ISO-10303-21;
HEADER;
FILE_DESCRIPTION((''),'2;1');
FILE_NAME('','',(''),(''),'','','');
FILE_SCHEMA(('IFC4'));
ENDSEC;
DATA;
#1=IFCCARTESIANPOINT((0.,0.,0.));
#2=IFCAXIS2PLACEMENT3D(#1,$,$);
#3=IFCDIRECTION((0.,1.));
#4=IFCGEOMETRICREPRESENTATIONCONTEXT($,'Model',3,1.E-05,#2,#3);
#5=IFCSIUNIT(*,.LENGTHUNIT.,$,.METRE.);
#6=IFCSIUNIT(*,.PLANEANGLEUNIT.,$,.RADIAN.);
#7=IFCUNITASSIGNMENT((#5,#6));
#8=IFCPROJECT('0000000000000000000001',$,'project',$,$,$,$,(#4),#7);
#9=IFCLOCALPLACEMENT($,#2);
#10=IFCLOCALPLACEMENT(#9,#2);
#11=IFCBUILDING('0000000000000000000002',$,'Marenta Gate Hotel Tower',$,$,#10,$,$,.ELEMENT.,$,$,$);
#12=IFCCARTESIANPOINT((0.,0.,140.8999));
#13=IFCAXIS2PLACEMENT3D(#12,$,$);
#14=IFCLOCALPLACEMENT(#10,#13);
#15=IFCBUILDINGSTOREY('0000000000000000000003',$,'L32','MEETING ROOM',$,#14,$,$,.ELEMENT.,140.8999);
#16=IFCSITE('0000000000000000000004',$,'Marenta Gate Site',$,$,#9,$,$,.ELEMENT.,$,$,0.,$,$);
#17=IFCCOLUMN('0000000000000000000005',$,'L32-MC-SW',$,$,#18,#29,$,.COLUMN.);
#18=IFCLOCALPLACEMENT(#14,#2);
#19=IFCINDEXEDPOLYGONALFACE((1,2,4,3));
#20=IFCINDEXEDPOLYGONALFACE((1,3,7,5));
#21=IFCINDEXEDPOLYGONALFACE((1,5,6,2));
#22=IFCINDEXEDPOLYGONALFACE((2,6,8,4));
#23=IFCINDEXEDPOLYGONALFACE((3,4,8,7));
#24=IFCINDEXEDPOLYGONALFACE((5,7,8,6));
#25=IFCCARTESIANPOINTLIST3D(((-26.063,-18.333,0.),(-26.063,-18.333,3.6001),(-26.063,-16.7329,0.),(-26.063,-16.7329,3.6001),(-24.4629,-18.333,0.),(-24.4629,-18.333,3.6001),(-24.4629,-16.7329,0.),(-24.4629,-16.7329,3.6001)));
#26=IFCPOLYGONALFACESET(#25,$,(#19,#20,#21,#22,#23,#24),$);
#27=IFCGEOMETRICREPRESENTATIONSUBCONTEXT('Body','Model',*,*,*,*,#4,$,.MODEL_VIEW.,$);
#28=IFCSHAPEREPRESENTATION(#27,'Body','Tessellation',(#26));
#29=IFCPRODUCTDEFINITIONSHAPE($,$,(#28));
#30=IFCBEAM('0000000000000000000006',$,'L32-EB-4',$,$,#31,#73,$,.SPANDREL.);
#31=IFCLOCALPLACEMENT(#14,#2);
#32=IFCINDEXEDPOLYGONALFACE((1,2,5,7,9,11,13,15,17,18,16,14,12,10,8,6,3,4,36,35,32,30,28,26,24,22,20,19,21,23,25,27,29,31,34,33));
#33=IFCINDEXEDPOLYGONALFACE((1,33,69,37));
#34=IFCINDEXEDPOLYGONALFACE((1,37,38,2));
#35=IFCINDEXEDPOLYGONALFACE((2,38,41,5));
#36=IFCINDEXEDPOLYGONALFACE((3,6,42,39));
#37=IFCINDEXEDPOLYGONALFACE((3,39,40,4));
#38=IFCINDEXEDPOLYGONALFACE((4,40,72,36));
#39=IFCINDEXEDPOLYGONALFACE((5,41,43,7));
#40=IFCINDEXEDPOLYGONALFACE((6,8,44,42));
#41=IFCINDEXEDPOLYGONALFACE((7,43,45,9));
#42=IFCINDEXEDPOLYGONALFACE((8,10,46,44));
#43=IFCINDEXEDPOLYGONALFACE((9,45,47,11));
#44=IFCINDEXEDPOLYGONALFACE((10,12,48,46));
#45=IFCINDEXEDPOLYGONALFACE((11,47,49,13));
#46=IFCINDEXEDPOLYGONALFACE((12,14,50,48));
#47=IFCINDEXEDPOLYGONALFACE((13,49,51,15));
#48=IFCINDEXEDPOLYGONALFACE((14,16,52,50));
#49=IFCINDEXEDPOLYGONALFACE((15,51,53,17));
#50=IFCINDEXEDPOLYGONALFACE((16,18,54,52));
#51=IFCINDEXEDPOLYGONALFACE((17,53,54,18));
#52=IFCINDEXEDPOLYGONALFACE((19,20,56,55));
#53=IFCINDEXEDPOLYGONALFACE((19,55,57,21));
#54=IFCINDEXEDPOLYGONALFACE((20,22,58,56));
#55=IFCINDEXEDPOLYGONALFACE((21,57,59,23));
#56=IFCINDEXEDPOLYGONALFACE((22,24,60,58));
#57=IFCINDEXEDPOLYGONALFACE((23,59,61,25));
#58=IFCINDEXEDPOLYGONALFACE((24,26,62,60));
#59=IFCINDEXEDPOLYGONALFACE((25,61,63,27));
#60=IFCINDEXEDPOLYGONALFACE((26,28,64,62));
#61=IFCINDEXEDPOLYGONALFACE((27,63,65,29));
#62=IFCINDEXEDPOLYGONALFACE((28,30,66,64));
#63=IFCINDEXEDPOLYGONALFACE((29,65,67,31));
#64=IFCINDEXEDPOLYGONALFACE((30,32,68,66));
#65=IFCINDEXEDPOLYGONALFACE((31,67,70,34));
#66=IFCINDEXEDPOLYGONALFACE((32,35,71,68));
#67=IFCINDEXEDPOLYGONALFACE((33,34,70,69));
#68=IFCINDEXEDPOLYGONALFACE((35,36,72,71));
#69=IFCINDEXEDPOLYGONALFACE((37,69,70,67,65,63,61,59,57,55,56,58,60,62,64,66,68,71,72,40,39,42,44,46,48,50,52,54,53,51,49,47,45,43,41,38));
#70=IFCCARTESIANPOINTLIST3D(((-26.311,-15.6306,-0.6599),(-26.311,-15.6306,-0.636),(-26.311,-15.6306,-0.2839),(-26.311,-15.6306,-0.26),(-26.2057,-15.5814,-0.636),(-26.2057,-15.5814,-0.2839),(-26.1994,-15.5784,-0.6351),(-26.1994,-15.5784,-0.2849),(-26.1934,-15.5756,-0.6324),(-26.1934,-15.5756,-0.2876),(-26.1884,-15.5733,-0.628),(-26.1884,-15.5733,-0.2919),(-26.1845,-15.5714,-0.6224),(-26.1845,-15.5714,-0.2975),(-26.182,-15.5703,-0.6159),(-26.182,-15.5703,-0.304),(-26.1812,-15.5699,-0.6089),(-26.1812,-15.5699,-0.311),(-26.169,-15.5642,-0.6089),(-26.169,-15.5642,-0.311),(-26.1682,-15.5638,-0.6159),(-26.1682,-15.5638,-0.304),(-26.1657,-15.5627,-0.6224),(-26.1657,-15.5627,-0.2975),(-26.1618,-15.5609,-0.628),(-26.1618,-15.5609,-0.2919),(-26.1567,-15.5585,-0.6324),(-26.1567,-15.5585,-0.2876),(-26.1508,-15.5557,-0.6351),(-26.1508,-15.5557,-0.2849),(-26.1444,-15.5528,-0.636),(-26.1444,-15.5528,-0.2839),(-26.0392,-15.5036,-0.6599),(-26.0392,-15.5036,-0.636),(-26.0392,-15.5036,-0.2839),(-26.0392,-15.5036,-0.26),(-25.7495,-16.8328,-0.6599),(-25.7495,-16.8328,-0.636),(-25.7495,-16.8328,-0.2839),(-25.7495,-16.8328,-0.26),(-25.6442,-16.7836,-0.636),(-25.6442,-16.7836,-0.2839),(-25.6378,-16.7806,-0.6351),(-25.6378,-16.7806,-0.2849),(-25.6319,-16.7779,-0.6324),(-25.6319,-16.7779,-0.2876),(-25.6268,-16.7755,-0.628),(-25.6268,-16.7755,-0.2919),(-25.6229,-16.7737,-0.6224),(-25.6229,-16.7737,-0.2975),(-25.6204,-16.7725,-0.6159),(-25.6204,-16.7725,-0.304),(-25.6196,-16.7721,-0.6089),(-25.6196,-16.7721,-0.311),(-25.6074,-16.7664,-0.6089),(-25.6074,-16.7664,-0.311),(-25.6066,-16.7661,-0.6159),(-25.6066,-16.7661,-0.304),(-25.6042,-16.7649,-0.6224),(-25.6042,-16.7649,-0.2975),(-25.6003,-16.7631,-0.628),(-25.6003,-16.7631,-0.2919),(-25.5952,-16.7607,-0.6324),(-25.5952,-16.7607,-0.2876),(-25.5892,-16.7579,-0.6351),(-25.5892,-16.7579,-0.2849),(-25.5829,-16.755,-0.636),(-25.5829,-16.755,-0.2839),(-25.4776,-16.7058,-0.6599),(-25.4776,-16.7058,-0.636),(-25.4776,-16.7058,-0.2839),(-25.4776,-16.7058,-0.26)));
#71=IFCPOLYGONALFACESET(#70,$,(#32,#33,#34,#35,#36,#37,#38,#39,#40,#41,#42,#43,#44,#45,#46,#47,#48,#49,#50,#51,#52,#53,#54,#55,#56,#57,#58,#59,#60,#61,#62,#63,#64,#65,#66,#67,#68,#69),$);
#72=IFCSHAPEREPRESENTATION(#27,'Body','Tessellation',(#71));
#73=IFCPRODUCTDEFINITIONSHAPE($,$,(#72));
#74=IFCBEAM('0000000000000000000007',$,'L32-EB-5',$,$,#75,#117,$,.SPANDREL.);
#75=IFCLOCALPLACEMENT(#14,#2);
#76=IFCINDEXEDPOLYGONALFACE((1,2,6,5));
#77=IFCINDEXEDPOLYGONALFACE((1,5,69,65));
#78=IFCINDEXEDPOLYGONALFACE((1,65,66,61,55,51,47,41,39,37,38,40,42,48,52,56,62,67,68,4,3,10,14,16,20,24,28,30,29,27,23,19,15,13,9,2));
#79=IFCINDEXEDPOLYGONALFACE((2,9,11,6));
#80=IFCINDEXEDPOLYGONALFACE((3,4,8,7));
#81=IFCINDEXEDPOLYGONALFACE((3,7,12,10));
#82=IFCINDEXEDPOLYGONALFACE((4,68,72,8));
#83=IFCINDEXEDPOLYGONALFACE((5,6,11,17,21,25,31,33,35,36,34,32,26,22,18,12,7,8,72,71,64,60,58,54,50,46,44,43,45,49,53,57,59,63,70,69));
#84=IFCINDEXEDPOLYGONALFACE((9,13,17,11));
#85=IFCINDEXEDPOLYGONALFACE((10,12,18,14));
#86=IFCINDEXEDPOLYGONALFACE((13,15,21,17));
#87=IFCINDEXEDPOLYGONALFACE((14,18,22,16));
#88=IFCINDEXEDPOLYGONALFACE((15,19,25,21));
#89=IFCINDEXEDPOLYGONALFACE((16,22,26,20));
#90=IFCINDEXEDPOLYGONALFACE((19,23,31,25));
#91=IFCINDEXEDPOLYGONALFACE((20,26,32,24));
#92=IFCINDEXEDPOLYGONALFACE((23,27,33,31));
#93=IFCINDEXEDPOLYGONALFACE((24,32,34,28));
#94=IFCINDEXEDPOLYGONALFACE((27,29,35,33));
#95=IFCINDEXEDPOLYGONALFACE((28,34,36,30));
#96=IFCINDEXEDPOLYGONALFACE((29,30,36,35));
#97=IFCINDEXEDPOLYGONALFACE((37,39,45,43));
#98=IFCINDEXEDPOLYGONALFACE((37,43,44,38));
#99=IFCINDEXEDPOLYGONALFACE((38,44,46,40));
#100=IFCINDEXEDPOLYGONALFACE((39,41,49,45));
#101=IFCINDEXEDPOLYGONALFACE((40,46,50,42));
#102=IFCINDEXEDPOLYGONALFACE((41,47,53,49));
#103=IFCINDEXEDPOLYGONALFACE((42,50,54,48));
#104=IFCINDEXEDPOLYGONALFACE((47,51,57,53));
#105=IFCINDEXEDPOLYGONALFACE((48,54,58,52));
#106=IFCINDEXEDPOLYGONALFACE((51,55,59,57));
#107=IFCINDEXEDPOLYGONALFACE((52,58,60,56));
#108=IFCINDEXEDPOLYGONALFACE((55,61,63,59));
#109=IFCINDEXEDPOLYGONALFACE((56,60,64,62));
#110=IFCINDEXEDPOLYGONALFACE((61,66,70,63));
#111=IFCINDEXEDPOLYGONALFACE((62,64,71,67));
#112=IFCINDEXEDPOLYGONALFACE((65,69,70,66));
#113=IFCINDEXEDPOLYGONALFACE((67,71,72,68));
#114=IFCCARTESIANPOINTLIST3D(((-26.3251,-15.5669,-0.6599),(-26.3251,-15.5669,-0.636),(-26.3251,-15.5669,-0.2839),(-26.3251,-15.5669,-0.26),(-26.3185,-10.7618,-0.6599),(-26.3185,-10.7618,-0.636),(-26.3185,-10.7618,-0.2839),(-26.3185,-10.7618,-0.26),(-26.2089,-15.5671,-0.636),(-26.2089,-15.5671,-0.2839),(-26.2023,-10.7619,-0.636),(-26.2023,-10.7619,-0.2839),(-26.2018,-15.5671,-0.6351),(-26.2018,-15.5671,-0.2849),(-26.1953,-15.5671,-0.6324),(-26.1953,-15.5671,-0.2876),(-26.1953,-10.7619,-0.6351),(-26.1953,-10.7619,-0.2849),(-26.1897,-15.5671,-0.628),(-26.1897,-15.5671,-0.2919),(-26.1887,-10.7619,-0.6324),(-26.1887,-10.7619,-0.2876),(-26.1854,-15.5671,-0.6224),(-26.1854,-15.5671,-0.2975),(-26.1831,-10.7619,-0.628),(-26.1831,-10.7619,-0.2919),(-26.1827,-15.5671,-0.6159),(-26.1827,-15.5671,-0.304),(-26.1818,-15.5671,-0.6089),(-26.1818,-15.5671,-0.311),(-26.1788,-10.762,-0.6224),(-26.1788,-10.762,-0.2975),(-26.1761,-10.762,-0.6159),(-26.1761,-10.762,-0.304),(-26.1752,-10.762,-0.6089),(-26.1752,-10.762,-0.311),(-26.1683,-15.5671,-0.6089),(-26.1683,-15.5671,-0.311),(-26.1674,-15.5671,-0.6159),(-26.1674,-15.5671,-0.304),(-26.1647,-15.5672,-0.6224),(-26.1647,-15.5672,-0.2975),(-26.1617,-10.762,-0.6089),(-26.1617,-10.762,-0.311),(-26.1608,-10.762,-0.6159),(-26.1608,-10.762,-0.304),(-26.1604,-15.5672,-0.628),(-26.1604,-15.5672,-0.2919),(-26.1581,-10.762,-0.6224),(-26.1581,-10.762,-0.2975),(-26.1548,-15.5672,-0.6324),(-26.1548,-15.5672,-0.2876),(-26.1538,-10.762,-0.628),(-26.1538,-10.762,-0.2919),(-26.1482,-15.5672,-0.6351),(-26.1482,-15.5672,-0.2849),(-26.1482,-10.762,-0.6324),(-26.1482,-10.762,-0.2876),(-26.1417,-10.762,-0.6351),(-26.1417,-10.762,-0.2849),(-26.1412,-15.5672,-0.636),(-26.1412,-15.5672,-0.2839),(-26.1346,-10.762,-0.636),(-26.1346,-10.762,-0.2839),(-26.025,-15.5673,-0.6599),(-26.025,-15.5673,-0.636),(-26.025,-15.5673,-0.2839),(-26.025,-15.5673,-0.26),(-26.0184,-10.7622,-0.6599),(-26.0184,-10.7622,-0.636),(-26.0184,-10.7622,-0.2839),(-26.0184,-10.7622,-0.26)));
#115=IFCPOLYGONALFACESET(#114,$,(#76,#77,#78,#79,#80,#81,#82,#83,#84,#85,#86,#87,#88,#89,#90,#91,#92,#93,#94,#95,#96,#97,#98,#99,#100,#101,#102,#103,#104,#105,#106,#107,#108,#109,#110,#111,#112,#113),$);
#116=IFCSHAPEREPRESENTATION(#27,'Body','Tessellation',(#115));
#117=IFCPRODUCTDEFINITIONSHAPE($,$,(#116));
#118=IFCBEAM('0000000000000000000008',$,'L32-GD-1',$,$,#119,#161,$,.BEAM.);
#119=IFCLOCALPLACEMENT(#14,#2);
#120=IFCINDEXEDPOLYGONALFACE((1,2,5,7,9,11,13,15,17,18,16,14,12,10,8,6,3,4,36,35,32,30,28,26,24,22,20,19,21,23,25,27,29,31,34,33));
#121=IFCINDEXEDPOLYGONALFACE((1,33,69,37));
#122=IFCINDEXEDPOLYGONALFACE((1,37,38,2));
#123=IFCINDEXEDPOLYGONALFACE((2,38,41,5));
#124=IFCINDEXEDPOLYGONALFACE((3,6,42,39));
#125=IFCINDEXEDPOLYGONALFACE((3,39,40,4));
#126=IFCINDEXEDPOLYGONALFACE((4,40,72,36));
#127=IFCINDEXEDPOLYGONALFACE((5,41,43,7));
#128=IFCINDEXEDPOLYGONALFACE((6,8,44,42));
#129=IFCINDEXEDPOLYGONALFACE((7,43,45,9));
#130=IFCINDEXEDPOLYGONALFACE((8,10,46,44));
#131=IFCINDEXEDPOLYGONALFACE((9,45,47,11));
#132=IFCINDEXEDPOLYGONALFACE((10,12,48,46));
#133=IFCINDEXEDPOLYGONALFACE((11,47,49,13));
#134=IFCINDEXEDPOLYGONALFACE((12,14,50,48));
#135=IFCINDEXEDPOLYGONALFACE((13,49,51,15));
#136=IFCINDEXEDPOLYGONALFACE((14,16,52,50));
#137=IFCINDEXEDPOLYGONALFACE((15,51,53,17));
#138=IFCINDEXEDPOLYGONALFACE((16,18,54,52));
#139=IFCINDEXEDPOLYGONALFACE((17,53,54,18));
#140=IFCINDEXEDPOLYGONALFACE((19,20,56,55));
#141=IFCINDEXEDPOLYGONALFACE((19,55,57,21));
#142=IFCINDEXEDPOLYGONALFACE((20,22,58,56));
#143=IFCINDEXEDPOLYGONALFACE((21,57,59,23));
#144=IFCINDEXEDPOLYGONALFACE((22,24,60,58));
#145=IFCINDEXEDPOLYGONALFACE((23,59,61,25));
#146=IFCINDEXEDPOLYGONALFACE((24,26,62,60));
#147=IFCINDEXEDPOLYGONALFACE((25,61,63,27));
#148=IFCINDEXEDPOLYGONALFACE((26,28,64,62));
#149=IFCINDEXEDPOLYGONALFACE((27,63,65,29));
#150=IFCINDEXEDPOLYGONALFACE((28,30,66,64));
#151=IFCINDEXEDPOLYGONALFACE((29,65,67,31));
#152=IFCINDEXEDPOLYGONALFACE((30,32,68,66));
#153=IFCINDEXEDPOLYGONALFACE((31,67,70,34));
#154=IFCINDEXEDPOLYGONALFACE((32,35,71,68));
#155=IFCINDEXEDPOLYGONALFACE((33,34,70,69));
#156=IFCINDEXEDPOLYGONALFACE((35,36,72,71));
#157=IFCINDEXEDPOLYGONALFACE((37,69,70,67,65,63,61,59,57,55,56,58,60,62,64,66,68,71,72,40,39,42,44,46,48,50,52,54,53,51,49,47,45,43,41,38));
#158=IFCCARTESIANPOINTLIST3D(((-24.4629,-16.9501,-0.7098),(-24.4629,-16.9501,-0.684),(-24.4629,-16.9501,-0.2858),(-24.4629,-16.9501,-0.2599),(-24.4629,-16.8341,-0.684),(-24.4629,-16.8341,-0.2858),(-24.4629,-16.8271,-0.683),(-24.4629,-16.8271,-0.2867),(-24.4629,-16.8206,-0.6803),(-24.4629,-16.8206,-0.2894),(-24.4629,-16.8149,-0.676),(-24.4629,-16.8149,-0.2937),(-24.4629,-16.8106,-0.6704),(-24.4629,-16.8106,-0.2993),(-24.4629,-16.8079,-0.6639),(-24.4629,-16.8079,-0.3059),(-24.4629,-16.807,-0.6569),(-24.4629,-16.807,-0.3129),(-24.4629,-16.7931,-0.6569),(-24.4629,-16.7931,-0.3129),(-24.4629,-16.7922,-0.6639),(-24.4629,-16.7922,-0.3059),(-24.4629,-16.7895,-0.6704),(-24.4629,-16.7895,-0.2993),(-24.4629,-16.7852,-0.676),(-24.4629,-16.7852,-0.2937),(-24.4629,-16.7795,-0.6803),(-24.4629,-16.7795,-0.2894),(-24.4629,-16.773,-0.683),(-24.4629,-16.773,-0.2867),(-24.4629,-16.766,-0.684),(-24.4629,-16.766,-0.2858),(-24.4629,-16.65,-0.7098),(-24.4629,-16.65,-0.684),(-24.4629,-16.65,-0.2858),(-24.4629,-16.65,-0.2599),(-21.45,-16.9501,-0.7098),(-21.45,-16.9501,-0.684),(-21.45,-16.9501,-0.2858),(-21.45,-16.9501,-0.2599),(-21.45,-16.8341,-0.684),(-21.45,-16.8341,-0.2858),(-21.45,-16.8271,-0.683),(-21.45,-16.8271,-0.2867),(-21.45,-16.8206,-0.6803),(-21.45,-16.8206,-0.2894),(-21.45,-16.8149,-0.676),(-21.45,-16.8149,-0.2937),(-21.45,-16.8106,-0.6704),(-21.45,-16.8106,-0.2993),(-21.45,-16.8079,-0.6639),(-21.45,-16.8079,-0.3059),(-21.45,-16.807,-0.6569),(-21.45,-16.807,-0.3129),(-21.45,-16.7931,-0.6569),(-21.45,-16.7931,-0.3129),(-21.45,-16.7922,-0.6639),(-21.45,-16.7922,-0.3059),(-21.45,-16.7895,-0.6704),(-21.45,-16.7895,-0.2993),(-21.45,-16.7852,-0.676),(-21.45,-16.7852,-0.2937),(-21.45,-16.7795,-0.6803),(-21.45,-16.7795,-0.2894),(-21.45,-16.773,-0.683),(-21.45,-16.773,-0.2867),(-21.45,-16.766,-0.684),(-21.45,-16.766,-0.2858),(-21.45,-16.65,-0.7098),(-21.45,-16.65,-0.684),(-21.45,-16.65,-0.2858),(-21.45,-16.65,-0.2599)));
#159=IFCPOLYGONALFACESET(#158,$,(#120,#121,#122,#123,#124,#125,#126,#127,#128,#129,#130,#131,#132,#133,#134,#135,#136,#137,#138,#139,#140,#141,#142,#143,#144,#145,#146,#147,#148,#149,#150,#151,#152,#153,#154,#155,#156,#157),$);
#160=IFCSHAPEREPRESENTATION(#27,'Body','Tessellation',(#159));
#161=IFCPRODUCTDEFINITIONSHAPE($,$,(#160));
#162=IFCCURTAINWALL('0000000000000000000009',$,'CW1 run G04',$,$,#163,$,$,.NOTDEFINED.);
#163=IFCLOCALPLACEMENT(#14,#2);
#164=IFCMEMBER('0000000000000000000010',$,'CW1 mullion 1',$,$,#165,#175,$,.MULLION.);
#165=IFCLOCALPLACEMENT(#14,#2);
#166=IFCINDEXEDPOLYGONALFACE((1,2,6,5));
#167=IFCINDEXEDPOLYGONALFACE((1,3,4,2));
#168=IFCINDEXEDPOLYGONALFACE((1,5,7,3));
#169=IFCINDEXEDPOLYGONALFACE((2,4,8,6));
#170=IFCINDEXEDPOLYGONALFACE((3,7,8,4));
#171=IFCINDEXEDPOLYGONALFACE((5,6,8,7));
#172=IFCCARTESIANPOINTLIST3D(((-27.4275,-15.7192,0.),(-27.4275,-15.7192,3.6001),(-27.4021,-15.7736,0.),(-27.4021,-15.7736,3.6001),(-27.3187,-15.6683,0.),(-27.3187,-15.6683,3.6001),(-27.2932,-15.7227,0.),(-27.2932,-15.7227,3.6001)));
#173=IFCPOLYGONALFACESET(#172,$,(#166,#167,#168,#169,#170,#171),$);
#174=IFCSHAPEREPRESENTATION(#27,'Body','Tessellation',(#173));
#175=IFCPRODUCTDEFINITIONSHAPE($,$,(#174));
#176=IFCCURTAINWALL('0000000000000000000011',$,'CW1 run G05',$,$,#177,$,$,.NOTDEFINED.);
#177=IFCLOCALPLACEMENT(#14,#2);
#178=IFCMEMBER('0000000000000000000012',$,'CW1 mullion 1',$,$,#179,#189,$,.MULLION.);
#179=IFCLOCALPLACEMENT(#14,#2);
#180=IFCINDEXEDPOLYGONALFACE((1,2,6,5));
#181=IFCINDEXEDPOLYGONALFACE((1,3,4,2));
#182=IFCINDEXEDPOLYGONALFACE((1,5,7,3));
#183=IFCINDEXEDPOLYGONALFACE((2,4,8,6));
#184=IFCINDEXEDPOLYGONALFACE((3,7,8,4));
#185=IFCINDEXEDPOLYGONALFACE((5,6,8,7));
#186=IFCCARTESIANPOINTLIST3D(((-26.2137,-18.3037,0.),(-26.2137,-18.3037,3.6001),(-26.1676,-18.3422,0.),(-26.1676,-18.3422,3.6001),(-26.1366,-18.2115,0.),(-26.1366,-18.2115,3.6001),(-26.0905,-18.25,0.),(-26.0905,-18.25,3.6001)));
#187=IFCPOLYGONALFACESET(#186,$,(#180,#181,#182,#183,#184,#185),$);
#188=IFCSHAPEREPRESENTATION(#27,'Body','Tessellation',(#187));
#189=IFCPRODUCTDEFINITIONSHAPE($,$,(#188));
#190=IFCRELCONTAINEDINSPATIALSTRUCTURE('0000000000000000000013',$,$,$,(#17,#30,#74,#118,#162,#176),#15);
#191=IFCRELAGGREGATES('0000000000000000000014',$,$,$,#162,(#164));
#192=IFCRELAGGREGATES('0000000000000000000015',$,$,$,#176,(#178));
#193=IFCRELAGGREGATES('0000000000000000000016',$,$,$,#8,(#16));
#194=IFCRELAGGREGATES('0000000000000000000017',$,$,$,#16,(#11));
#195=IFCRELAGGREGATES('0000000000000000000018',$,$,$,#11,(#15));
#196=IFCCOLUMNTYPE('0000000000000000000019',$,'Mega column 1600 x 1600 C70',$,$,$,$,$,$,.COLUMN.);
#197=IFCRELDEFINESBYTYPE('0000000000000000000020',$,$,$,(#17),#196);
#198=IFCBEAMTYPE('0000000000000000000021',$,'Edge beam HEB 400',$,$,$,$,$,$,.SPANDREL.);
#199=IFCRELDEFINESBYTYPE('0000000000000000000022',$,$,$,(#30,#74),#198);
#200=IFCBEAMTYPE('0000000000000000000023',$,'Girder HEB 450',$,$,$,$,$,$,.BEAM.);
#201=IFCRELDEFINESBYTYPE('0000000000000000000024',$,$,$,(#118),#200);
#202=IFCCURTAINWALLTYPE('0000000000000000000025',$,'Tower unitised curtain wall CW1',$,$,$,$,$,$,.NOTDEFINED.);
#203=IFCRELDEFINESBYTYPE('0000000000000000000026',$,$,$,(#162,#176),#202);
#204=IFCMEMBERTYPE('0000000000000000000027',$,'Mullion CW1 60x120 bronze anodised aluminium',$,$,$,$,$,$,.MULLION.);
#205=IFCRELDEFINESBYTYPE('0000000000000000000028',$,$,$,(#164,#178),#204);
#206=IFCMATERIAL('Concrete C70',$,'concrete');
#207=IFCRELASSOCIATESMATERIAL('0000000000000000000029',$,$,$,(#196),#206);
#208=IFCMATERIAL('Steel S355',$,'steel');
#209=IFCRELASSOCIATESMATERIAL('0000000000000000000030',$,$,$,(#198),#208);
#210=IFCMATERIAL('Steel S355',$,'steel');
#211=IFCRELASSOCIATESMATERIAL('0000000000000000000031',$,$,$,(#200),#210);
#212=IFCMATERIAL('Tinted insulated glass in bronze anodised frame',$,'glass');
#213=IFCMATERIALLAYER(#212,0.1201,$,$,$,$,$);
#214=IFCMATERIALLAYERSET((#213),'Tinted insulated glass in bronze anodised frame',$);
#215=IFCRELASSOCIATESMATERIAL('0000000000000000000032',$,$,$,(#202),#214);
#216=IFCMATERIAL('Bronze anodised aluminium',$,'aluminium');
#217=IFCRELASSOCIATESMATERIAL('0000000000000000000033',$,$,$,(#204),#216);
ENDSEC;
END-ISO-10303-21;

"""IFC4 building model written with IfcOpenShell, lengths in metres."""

from ifc_helpers import new_model, si_unit, direction, frame, origin, origin_2d, place, context, subcontext, project, spatial, rectangle, i_section, extrude, material, layer, layer_set, material_profile, profile_set, type_object, element, aggregate, save


model = new_model("IFC4")

# Units and contexts
model_context = context("Model", 3, precision=1e-05, world=origin(), true_north=direction((0.0, 1.0)))
body_context = subcontext(model_context, "Body", "Model", "MODEL_VIEW")
ifc_project = project(units=[si_unit("LENGTHUNIT", "METRE"), si_unit("PLANEANGLEUNIT", "RADIAN")], contexts=[model_context])

# Site, building, storey
site_placement = place(None, origin())
site = spatial("IfcSite", under=ifc_project, at=site_placement, Name="Marenta Gate Site", CompositionType="ELEMENT", RefElevation=0.0)
building_placement = place(site_placement, origin())
building = spatial("IfcBuilding", under=site, at=building_placement, Name="Marenta Gate Hotel Tower", CompositionType="ELEMENT")
storey_placement = place(building_placement, frame((0.0, 0.0, 140.8999)))
storey = spatial("IfcBuildingStorey", under=building, at=storey_placement, Name="L32", Description="MEETING ROOM", CompositionType="ELEMENT", Elevation=140.8999)

# Column
ifc_material_1 = material(Name="Concrete C70", Category="concrete")
ifc_material_profile_1 = material_profile(ifc_material_1, rectangle(XDim=1.6001, YDim=1.6001, at=origin_2d()), Name="1600 x 1600")
ifc_profile_set_1 = profile_set([ifc_material_profile_1], Name="Concrete C70")
column_type = type_object("IfcColumnType", Name="Mega column 1600 x 1600 C70", PredefinedType="COLUMN", material=ifc_profile_set_1)
column_placement = place(storey_placement, frame((-25.2629, -17.533, 0.0), z_axis=(0.0, 0.0, 1.0), x_axis=(1.0, 0.0, 0.0)))
element("IfcColumn", 1, at=column_placement, inside=storey, type_object=column_type, Name="L32-MC-SW", PredefinedType="COLUMN", context=body_context, shape_type="SweptSolid", body=[
    extrude(rectangle(XDim=1.6001, YDim=1.6001, at=origin_2d()), origin(), (0.0, 0.0, 1.0), 3.6001),
])

# Beams
ifc_material_2 = material(Name="Steel S355", Category="steel")
ifc_material_profile_2 = material_profile(ifc_material_2, i_section(OverallWidth=0.3, OverallDepth=0.3999, WebThickness=0.0134, FlangeThickness=0.0239, FilletRadius=0.0271, at=origin_2d()), Name="HEB 400")
ifc_profile_set_2 = profile_set([ifc_material_profile_2], Name="Steel S355")
beam_type_1 = type_object("IfcBeamType", Name="Edge beam HEB 400", PredefinedType="SPANDREL", material=ifc_profile_set_2)
beam_1_placement = place(storey_placement, frame((-25.6135, -16.7693, -0.46), z_axis=(-0.423208, 0.906033, 0.0), x_axis=(-0.906033, -0.423208, 0.0)))
element("IfcBeam", 2, at=beam_1_placement, inside=storey, type_object=beam_type_1, Name="L32-EB-4", PredefinedType="SPANDREL", context=body_context, shape_type="SweptSolid", body=[
    extrude(i_section(OverallWidth=0.3, OverallDepth=0.3999, WebThickness=0.0134, FlangeThickness=0.0239, FilletRadius=0.0271, at=origin_2d()), origin(), (0.0, 0.0, 1.0), 1.3269),
])
beam_2_placement = place(storey_placement, frame((-26.175, -15.5671, -0.46), z_axis=(0.001372, 0.999999, 0.0), x_axis=(-0.999999, 0.001372, 0.0)))
element("IfcBeam", 3, at=beam_2_placement, inside=storey, type_object=beam_type_1, Name="L32-EB-5", PredefinedType="SPANDREL", context=body_context, shape_type="SweptSolid", body=[
    extrude(i_section(OverallWidth=0.3, OverallDepth=0.3999, WebThickness=0.0134, FlangeThickness=0.0239, FilletRadius=0.0271, at=origin_2d()), origin(), (0.0, 0.0, 1.0), 4.8052),
])
ifc_material_3 = material(Name="Steel S355", Category="steel")
ifc_material_profile_3 = material_profile(ifc_material_3, i_section(OverallWidth=0.3, OverallDepth=0.45, WebThickness=0.0139, FlangeThickness=0.0259, FilletRadius=0.0271, at=origin_2d()), Name="HEB 450")
ifc_profile_set_3 = profile_set([ifc_material_profile_3], Name="Steel S355")
beam_type_2 = type_object("IfcBeamType", Name="Girder HEB 450", PredefinedType="BEAM", material=ifc_profile_set_3)
beam_3_placement = place(storey_placement, frame((-24.4629, -16.8, -0.4849), z_axis=(1.0, 0.0, 0.0), x_axis=(0.0, 1.0, 0.0)))
element("IfcBeam", 4, at=beam_3_placement, inside=storey, type_object=beam_type_2, Name="L32-GD-1", PredefinedType="BEAM", context=body_context, shape_type="SweptSolid", body=[
    extrude(i_section(OverallWidth=0.3, OverallDepth=0.45, WebThickness=0.0139, FlangeThickness=0.0259, FilletRadius=0.0271, at=origin_2d()), origin(), (0.0, 0.0, 1.0), 3.0129),
])

# Curtain walls, members
ifc_material_4 = material(Name="Tinted insulated glass in bronze anodised frame", Category="glass")
ifc_layer_1 = layer(ifc_material_4, 0.1201)
ifc_layer_set_1 = layer_set([ifc_layer_1], Name="Tinted insulated glass in bronze anodised frame")
curtain_wall_type = type_object("IfcCurtainWallType", Name="Tower unitised curtain wall CW1", PredefinedType="NOTDEFINED", material=ifc_layer_set_1)
curtain_wall_1_placement = place(storey_placement, origin())
curtain_wall_1 = element("IfcCurtainWall", 5, at=curtain_wall_1_placement, inside=storey, type_object=curtain_wall_type, Name="CW1 run G04", PredefinedType="NOTDEFINED")
ifc_material_5 = material(Name="Bronze anodised aluminium", Category="aluminium")
ifc_material_profile_4 = material_profile(ifc_material_5, rectangle(XDim=0.1201, YDim=0.0601, at=origin_2d()), Name="Mullion CW1 60x120 bronze anodised aluminium")
ifc_profile_set_4 = profile_set([ifc_material_profile_4], Name="Bronze anodised aluminium")
member_type_1 = type_object("IfcMemberType", Name="Mullion CW1 60x120 bronze anodised aluminium", PredefinedType="MULLION", material=ifc_profile_set_4)
member_1_placement = place(storey_placement, frame((-27.3604, -15.7209, 0.0), z_axis=(0.0, 0.0, 1.0), x_axis=(0.905972, 0.423338, 0.0)))
member_1 = element("IfcMember", 6, at=member_1_placement, type_object=member_type_1, Name="CW1 mullion 1", PredefinedType="MULLION", context=body_context, shape_type="SweptSolid", body=[
    extrude(rectangle(XDim=0.1201, YDim=0.0601, at=origin_2d()), origin(), (0.0, 0.0, 1.0), 3.6001),
])
curtain_wall_2_placement = place(storey_placement, origin())
curtain_wall_2 = element("IfcCurtainWall", 7, at=curtain_wall_2_placement, inside=storey, type_object=curtain_wall_type, Name="CW1 run G05", PredefinedType="NOTDEFINED")
member_2_placement = place(storey_placement, frame((-26.1521, -18.2769, 0.0), z_axis=(0.0, 0.0, 1.0), x_axis=(0.641512, 0.767113, 0.0)))
member_2 = element("IfcMember", 8, at=member_2_placement, type_object=member_type_1, Name="CW1 mullion 1", PredefinedType="MULLION", context=body_context, shape_type="SweptSolid", body=[
    extrude(rectangle(XDim=0.1201, YDim=0.0601, at=origin_2d()), origin(), (0.0, 0.0, 1.0), 3.6001),
])

aggregate(curtain_wall_1, [member_1])
aggregate(curtain_wall_2, [member_2])

save(model, "model.ifc")
